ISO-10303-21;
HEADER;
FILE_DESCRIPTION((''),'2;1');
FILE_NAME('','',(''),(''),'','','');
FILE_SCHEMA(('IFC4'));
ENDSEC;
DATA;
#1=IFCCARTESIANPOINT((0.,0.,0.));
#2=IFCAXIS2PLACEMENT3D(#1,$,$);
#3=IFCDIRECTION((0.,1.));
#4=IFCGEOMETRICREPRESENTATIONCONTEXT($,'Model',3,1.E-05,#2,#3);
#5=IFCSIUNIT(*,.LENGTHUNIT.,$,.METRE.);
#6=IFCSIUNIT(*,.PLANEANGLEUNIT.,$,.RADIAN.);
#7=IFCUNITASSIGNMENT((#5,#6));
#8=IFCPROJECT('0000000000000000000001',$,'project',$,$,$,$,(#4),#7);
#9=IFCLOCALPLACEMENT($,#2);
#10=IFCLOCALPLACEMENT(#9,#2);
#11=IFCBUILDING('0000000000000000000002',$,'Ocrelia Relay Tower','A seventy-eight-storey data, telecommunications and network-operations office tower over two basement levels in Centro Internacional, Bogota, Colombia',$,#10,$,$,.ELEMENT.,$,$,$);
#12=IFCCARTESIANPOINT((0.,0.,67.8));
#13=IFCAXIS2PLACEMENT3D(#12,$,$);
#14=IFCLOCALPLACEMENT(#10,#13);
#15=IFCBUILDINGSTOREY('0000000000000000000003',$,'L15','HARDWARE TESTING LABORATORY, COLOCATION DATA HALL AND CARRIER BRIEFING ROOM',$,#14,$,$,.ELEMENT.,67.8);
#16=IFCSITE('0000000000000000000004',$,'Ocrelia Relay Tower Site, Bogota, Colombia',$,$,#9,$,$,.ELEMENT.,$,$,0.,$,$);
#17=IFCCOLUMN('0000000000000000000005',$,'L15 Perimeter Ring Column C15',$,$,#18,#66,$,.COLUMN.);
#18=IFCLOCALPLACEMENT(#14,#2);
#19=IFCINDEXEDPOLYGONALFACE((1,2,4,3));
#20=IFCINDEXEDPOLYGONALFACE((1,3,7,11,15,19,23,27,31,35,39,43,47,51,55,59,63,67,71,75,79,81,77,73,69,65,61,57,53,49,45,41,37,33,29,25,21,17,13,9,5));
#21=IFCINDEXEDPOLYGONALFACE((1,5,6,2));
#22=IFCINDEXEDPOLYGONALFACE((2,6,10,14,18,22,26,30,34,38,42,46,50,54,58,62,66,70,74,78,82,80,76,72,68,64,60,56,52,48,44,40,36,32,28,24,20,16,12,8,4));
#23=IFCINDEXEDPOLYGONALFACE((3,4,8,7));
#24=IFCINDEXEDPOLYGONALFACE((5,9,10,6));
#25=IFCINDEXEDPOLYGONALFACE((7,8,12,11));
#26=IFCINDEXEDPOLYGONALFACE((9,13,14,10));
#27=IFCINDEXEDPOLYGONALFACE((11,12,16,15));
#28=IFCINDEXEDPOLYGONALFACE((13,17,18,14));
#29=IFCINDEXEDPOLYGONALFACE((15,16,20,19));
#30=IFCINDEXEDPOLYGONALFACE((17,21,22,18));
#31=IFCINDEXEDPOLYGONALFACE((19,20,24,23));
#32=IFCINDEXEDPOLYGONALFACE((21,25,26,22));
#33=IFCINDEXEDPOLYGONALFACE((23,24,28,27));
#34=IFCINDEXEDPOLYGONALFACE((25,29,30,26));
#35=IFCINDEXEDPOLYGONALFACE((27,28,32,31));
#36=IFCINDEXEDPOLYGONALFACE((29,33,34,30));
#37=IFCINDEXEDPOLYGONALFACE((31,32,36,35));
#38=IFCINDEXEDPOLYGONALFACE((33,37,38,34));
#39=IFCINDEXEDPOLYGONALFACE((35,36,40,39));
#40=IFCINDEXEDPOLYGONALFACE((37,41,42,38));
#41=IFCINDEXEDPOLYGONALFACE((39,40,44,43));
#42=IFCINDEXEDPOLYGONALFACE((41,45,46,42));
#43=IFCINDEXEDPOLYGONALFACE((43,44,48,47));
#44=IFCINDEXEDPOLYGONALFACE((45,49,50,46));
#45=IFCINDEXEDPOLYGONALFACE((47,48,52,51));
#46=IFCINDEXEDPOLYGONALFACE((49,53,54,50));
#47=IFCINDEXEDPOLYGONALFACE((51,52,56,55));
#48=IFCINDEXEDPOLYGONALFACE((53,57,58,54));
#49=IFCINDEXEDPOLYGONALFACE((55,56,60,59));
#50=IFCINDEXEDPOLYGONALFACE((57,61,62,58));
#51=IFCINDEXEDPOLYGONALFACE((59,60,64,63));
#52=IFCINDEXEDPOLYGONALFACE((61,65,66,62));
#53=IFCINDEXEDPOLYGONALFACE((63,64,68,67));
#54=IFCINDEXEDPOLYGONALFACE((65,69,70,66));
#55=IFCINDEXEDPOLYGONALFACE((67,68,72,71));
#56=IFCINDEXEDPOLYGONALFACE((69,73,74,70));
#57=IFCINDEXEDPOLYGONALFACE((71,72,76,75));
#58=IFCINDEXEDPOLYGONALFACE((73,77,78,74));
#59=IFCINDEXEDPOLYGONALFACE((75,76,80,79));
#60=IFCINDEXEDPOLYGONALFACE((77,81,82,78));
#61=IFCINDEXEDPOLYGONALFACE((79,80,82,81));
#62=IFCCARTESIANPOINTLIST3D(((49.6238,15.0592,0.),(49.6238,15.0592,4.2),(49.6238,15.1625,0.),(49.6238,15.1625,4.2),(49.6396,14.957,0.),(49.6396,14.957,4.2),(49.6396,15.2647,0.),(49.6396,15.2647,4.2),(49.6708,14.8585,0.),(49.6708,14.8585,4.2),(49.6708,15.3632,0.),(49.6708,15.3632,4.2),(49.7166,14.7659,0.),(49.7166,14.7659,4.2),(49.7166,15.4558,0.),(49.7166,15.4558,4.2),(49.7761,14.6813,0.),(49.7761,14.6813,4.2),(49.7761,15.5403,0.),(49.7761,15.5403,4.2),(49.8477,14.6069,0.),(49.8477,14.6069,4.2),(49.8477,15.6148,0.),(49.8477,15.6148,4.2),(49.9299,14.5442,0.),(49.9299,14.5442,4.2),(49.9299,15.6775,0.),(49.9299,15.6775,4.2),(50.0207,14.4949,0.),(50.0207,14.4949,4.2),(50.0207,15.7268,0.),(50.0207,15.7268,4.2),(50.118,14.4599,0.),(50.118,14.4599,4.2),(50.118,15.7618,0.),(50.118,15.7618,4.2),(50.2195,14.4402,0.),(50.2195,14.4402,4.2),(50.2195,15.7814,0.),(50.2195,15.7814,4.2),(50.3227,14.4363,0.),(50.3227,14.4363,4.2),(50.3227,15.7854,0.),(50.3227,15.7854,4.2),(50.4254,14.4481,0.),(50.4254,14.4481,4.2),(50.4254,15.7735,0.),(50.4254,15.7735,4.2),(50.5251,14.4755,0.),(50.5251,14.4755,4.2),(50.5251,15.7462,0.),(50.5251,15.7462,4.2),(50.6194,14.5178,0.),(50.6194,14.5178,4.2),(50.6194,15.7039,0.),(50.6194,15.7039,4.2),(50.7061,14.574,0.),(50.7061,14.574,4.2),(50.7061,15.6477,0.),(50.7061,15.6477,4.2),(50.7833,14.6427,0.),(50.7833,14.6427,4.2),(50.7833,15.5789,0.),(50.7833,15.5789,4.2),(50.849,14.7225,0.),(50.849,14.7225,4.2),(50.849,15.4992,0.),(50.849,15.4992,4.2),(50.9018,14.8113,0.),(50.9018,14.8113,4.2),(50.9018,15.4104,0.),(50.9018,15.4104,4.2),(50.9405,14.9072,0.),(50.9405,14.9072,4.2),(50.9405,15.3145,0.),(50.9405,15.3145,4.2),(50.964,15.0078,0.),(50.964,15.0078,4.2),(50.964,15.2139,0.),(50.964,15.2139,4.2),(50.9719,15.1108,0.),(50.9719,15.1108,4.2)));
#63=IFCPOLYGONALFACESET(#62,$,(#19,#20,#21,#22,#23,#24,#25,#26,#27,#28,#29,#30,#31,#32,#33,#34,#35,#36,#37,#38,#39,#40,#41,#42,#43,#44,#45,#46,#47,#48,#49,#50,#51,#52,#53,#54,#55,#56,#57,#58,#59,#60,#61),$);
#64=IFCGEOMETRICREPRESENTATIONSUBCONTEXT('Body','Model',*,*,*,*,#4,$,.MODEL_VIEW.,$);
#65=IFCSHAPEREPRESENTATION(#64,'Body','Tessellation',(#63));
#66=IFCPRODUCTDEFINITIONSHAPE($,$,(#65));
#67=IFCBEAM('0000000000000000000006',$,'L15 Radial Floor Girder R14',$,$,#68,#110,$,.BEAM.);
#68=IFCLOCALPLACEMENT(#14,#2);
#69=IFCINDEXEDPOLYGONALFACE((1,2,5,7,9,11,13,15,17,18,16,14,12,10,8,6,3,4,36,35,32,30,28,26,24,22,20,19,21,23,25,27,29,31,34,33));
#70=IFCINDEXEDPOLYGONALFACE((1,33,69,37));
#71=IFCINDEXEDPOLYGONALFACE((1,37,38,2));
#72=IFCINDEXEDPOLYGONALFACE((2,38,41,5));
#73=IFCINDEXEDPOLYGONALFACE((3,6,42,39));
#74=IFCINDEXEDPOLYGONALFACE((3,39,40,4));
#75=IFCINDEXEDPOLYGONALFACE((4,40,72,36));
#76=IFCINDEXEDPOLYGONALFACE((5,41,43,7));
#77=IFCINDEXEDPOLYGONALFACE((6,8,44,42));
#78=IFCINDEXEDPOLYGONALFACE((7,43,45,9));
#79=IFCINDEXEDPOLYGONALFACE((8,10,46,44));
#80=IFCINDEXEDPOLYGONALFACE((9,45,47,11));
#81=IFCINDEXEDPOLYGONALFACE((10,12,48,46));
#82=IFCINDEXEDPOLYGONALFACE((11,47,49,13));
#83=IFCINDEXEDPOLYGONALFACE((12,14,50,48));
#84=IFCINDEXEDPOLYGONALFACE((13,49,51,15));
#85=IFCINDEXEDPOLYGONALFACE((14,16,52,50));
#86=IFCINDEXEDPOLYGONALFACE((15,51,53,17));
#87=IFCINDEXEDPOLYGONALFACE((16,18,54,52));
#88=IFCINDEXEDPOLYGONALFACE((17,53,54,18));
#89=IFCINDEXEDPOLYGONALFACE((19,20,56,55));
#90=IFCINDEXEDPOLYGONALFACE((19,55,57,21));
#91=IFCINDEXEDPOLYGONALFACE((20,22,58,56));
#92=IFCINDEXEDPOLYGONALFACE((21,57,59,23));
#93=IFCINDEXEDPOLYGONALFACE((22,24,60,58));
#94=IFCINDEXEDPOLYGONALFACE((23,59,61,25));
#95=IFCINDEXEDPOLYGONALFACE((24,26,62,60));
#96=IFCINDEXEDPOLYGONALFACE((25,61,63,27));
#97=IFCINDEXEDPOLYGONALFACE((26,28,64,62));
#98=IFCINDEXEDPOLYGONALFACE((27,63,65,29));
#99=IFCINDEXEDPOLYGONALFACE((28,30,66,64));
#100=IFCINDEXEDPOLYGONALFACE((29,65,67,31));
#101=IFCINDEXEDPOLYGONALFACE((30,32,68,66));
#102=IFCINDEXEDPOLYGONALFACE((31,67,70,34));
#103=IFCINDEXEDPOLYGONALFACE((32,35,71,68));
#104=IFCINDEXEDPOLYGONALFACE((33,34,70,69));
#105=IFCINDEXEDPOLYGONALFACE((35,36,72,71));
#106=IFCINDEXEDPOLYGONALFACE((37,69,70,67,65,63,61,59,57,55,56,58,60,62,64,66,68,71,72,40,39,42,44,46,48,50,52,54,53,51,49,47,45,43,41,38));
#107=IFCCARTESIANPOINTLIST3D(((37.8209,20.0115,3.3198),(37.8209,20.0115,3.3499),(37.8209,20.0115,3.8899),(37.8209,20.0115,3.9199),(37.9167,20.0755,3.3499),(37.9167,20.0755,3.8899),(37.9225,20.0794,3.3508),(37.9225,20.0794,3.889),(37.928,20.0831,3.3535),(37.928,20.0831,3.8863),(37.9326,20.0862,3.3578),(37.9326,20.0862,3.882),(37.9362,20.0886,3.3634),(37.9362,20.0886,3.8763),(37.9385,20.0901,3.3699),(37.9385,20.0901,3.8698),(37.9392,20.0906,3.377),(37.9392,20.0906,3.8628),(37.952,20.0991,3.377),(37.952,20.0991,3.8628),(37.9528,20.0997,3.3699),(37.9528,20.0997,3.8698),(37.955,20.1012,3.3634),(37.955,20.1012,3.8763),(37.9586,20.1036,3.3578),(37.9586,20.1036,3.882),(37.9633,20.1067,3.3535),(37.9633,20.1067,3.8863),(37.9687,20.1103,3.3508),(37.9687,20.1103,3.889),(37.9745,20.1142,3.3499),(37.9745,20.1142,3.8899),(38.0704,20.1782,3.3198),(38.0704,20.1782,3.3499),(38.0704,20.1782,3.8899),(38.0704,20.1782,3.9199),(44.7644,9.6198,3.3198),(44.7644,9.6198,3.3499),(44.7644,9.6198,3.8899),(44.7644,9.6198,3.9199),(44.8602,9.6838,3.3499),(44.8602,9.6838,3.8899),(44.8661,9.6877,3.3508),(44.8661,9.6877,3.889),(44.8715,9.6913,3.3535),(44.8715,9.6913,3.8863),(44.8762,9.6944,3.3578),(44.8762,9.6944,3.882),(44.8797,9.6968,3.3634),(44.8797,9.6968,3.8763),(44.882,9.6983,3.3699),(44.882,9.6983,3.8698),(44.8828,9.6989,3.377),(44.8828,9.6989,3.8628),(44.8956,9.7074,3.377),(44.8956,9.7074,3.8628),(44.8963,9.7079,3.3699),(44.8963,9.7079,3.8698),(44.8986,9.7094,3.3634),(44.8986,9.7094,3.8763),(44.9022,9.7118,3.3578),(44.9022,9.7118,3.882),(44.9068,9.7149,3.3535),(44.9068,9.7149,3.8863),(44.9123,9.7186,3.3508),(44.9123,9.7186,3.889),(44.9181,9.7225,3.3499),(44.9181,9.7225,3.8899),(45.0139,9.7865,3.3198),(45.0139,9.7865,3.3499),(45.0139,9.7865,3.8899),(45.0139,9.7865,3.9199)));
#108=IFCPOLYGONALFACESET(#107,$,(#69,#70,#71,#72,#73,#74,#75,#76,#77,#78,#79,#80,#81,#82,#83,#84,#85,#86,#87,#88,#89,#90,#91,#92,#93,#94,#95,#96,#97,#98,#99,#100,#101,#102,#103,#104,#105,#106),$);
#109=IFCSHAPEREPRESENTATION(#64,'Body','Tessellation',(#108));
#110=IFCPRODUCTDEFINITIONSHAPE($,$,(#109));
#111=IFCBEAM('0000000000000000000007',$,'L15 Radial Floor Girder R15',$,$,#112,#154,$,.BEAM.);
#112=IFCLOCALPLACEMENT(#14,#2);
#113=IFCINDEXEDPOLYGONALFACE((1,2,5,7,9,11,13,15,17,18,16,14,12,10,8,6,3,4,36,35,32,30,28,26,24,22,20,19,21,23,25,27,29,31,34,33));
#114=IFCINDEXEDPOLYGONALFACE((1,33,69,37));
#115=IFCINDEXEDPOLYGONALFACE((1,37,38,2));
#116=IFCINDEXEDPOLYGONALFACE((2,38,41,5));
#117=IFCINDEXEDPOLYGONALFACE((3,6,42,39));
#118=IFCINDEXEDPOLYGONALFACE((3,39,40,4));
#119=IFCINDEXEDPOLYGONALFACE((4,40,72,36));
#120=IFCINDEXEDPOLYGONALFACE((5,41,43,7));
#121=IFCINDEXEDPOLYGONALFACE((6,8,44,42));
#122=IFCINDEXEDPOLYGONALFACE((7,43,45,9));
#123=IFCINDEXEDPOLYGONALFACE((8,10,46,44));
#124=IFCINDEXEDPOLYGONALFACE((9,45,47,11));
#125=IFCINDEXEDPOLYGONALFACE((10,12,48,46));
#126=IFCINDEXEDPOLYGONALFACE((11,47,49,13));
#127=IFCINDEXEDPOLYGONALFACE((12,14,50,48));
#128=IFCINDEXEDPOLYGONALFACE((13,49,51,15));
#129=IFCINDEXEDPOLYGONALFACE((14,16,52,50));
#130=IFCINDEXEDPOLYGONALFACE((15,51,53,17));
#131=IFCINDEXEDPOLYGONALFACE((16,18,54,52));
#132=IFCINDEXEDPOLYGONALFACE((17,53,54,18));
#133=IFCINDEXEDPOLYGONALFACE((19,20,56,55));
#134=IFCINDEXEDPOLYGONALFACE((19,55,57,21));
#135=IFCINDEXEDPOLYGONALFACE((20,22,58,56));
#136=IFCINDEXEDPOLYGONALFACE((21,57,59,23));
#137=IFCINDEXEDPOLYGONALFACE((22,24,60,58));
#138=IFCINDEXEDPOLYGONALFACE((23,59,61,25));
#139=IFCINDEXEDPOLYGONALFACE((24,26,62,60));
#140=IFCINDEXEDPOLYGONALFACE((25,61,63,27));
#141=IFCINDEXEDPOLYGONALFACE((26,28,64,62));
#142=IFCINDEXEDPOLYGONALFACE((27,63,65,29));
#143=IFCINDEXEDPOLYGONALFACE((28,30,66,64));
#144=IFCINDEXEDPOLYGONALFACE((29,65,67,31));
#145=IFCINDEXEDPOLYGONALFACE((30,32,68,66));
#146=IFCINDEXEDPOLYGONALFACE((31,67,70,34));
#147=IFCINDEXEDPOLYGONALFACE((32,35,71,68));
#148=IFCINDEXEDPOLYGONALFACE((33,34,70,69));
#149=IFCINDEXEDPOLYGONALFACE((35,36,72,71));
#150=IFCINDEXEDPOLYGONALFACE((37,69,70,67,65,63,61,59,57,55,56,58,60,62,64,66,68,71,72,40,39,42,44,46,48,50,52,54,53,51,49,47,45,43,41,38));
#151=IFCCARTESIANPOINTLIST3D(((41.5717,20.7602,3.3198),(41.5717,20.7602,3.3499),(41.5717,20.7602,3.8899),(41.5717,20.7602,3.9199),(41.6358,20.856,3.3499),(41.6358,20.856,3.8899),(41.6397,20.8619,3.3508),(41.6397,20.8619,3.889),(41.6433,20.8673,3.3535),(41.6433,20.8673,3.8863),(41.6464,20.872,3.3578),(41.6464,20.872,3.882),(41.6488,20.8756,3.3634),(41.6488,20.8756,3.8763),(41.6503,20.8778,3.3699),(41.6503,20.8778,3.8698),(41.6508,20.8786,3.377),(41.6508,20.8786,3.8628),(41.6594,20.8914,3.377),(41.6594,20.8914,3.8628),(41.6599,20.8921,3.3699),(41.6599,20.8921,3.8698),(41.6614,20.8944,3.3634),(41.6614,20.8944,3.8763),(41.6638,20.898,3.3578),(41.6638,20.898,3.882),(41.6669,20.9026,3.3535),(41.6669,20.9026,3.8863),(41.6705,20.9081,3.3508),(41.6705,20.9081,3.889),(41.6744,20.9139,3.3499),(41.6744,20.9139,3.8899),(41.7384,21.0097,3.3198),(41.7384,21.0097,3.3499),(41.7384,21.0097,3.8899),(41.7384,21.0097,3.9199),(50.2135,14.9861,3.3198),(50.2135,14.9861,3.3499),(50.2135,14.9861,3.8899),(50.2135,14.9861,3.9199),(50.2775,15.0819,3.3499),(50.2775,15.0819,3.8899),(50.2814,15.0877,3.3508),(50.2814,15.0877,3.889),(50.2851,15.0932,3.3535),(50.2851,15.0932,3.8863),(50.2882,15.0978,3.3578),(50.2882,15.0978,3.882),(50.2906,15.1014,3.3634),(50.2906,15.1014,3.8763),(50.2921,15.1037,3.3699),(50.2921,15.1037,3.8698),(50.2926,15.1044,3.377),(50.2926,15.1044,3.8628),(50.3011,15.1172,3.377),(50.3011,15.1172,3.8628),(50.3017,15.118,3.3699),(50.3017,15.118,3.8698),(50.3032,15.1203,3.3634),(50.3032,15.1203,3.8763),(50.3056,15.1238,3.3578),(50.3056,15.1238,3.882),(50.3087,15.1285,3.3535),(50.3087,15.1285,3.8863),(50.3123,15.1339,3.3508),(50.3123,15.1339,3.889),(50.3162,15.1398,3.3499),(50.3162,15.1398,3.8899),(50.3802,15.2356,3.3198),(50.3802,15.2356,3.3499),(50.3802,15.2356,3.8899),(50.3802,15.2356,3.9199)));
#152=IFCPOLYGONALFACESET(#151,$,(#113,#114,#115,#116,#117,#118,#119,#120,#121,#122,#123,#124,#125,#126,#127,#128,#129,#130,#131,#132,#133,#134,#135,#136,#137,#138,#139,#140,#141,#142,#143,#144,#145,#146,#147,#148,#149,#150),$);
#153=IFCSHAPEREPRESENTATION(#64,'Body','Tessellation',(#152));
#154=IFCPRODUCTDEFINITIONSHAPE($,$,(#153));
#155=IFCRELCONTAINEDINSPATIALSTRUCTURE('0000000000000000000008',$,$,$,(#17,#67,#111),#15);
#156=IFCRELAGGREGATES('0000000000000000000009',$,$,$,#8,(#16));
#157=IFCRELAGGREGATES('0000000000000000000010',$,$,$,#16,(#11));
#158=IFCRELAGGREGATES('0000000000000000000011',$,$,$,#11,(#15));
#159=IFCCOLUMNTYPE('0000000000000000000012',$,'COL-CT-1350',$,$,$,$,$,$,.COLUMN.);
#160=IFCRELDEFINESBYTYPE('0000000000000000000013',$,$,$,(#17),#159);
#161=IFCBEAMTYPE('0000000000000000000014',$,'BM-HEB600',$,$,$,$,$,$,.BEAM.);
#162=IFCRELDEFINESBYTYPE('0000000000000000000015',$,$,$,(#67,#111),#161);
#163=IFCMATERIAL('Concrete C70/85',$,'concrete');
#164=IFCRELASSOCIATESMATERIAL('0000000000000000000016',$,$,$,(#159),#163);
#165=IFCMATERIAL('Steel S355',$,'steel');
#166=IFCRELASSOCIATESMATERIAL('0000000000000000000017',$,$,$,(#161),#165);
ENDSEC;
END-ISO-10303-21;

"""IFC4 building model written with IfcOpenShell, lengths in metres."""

from ifc_helpers import new_model, si_unit, direction, frame, origin, origin_2d, place, context, subcontext, project, spatial, circle, i_section, extrude, material, material_profile, profile_set, type_object, element, save


model = new_model("IFC4")

# Units and contexts
model_context = context("Model", 3, precision=1e-05, world=origin(), true_north=direction((0.0, 1.0)))
body_context = subcontext(model_context, "Body", "Model", "MODEL_VIEW")
ifc_project = project(units=[si_unit("LENGTHUNIT", "METRE"), si_unit("PLANEANGLEUNIT", "RADIAN")], contexts=[model_context])

# Site, building, storey
site_placement = place(None, origin())
site = spatial("IfcSite", under=ifc_project, at=site_placement, Name="Ocrelia Relay Tower Site, Bogota, Colombia", CompositionType="ELEMENT", RefElevation=0.0)
building_placement = place(site_placement, origin())
building = spatial("IfcBuilding", under=site, at=building_placement, Name="Ocrelia Relay Tower", Description="A seventy-eight-storey data, telecommunications and network-operations office tower over two basement levels in Centro Internacional, Bogota, Colombia", CompositionType="ELEMENT")
storey_placement = place(building_placement, frame((0.0, 0.0, 67.8)))
storey = spatial("IfcBuildingStorey", under=building, at=storey_placement, Name="L15", Description="HARDWARE TESTING LABORATORY, COLOCATION DATA HALL AND CARRIER BRIEFING ROOM", CompositionType="ELEMENT", Elevation=67.8)

# Column
ifc_material_1 = material(Name="Concrete C70/85", Category="concrete")
ifc_material_profile_1 = material_profile(ifc_material_1, circle(Radius=0.675, at=origin_2d()), Name="RC-CIR-1350")
ifc_profile_set_1 = profile_set([ifc_material_profile_1], Name="Concrete C70/85")
column_type = type_object("IfcColumnType", Name="COL-CT-1350", PredefinedType="COLUMN", material=ifc_profile_set_1)
column_placement = place(storey_placement, frame((50.2969, 15.1108, 0.0), z_axis=(0.0, 0.0, 1.0), x_axis=(1.0, 0.0, 0.0)))
element("IfcColumn", 1, at=column_placement, inside=storey, type_object=column_type, Name="L15 Perimeter Ring Column C15", PredefinedType="COLUMN", context=body_context, shape_type="SweptSolid", body=[
    extrude(circle(Radius=0.675, at=origin_2d()), origin(), (0.0, 0.0, 1.0), 4.2),
])

# Beams
ifc_material_2 = material(Name="Steel S355", Category="steel")
ifc_material_profile_2 = material_profile(ifc_material_2, i_section(OverallWidth=0.3, OverallDepth=0.6001, WebThickness=0.0154, FlangeThickness=0.03, FilletRadius=0.0271, at=origin_2d()), Name="HEB 600")
ifc_profile_set_2 = profile_set([ifc_material_profile_2], Name="Steel S355")
beam_type_1 = type_object("IfcBeamType", Name="BM-HEB600", PredefinedType="BEAM", material=ifc_profile_set_2)
beam_1_placement = place(storey_placement, frame((44.8892, 9.7031, 3.6199), z_axis=(-0.55557, 0.83147, 0.0), x_axis=(-0.83147, -0.55557, 0.0)))
element("IfcBeam", 2, at=beam_1_placement, inside=storey, type_object=beam_type_1, Name="L15 Radial Floor Girder R14", PredefinedType="BEAM", context=body_context, shape_type="SweptSolid", body=[
    extrude(i_section(OverallWidth=0.3, OverallDepth=0.6001, WebThickness=0.0154, FlangeThickness=0.03, FilletRadius=0.0271, at=origin_2d()), origin(), (0.0, 0.0, 1.0), 12.498),
])
beam_2_placement = place(storey_placement, frame((50.2969, 15.1108, 3.6199), z_axis=(-0.831475, 0.555562, 0.0), x_axis=(-0.555562, -0.831475, 0.0)))
element("IfcBeam", 3, at=beam_2_placement, inside=storey, type_object=beam_type_1, Name="L15 Radial Floor Girder R15", PredefinedType="BEAM", context=body_context, shape_type="SweptSolid", body=[
    extrude(i_section(OverallWidth=0.3, OverallDepth=0.6001, WebThickness=0.0154, FlangeThickness=0.03, FilletRadius=0.0271, at=origin_2d()), origin(), (0.0, 0.0, 1.0), 10.3933),
])

save(model, "model.ifc")
